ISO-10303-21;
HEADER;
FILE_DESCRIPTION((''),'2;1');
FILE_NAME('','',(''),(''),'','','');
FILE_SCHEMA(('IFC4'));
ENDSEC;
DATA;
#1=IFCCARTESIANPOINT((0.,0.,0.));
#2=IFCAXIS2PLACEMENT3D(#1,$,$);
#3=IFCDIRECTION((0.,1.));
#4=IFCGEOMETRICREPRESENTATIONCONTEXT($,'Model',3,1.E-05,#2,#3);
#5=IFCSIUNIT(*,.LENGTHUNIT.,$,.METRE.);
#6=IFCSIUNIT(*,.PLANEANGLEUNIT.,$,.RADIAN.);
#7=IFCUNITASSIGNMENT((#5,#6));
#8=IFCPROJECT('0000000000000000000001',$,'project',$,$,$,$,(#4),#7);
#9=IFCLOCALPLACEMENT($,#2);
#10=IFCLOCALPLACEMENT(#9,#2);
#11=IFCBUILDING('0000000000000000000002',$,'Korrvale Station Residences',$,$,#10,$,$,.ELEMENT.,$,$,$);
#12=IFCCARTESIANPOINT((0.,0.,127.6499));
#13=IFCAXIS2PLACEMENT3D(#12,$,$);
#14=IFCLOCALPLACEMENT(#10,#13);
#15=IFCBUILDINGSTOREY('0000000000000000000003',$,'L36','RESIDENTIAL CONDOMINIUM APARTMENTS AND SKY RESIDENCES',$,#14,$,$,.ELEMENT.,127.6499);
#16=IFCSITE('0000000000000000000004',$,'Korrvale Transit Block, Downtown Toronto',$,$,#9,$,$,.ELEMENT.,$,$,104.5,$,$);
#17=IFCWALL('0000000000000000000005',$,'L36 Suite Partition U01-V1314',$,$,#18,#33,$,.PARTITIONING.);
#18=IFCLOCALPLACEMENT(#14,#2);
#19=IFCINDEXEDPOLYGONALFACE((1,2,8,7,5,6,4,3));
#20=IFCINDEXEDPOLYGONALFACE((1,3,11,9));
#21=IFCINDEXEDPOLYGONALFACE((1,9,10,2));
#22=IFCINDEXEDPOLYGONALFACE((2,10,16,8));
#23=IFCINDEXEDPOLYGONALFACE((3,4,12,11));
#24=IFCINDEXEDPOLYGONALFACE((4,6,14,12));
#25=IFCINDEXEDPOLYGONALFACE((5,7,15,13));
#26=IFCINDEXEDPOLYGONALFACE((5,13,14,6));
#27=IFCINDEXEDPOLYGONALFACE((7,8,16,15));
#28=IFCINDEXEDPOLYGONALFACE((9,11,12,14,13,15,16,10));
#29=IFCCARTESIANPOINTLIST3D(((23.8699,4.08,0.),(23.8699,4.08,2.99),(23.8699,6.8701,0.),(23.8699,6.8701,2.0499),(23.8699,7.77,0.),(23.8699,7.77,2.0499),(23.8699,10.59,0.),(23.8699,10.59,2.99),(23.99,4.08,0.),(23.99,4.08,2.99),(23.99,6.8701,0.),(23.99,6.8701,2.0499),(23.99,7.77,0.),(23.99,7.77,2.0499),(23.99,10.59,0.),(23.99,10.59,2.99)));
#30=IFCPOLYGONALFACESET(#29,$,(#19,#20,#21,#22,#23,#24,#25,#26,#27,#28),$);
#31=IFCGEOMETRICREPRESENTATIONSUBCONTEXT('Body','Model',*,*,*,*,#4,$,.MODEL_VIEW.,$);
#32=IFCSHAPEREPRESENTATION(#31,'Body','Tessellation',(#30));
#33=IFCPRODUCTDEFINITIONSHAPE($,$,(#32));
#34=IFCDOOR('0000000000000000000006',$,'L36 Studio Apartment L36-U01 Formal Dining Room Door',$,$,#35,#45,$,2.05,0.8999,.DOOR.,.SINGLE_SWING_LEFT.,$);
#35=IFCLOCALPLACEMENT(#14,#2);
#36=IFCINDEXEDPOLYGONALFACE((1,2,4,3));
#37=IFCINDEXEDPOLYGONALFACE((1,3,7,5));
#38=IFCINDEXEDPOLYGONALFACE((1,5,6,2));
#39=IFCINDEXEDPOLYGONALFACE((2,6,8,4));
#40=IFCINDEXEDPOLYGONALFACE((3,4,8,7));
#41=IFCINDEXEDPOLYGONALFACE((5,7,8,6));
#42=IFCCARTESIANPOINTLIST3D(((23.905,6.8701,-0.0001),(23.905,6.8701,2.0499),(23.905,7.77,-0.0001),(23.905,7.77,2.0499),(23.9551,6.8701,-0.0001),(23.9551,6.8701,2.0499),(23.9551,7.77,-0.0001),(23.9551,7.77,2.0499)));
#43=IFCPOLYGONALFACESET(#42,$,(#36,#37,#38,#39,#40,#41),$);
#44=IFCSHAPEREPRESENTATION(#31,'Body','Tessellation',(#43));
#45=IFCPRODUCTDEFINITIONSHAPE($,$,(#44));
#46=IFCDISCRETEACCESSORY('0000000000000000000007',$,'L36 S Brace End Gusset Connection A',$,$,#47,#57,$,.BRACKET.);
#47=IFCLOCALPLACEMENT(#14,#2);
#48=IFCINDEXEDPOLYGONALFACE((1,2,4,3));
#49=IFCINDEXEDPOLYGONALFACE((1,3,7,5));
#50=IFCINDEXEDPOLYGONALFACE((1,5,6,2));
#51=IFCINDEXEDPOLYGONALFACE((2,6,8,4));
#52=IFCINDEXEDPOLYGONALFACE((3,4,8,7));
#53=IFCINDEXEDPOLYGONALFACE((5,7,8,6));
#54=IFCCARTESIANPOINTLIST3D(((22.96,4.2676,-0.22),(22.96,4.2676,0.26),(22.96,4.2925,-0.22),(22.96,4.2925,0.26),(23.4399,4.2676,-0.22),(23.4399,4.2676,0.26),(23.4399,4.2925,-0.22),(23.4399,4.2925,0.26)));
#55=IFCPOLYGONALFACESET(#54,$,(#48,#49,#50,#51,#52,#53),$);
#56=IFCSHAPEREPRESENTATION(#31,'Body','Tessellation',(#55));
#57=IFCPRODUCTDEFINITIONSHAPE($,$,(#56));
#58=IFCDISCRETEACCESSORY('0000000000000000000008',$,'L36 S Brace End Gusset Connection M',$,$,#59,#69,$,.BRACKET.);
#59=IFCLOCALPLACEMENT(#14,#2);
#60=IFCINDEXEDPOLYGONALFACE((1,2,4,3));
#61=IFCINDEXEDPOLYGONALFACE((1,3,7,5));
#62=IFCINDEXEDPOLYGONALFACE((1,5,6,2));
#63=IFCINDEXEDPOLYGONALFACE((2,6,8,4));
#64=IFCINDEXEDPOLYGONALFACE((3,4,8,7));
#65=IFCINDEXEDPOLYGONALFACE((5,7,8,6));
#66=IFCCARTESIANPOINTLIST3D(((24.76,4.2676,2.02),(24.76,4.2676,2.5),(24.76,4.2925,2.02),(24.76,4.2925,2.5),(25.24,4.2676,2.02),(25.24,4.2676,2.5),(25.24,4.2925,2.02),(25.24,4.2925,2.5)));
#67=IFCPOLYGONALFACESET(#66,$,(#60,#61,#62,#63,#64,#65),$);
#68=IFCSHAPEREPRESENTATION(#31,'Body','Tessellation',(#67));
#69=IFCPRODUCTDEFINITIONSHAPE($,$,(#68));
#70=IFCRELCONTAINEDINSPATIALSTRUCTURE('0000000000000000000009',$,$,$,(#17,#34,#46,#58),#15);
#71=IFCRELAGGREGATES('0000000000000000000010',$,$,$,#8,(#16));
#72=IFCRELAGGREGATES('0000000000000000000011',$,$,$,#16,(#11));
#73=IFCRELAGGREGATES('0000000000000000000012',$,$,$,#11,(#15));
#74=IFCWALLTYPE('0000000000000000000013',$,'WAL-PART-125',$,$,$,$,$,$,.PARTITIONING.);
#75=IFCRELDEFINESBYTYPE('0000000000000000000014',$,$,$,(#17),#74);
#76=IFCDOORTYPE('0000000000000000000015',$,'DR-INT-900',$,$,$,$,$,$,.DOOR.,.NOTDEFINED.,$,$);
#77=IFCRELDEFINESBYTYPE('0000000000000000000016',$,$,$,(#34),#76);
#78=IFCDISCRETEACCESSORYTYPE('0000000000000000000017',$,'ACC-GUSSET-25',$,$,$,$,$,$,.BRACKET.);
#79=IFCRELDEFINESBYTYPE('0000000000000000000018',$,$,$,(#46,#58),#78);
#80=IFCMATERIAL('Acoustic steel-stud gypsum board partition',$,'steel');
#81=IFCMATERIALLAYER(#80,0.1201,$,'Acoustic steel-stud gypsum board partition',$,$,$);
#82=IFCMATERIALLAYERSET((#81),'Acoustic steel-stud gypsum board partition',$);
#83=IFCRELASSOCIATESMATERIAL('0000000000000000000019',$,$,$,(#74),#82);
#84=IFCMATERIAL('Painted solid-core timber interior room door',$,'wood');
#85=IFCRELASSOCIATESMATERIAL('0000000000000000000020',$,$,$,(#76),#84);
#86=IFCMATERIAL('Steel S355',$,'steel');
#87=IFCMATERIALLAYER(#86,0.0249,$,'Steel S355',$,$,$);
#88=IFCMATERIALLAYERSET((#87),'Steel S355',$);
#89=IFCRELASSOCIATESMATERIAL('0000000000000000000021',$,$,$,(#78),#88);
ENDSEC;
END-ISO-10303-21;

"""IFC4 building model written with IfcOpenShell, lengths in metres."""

from ifc_helpers import new_model, si_unit, direction, frame, frame_2d, origin, origin_2d, place, context, subcontext, project, spatial, rectangle, extrude, material, layer, layer_set, type_object, element, fill, save


model = new_model("IFC4")

# Units and contexts
model_context = context("Model", 3, precision=1e-05, world=origin(), true_north=direction((0.0, 1.0)))
body_context = subcontext(model_context, "Body", "Model", "MODEL_VIEW")
ifc_project = project(units=[si_unit("LENGTHUNIT", "METRE"), si_unit("PLANEANGLEUNIT", "RADIAN")], contexts=[model_context])

# Site, building, storey
site_placement = place(None, origin())
site = spatial("IfcSite", under=ifc_project, at=site_placement, Name="Korrvale Transit Block, Downtown Toronto", CompositionType="ELEMENT", RefElevation=104.5)
building_placement = place(site_placement, origin())
building = spatial("IfcBuilding", under=site, at=building_placement, Name="Korrvale Station Residences", CompositionType="ELEMENT")
storey_placement = place(building_placement, frame((0.0, 0.0, 127.6499)))
storey = spatial("IfcBuildingStorey", under=building, at=storey_placement, Name="L36", Description="RESIDENTIAL CONDOMINIUM APARTMENTS AND SKY RESIDENCES", CompositionType="ELEMENT", Elevation=127.6499)

# Shared definitions
ifc_material_1 = material(Name="Steel S355", Category="steel")

# Wall, opening, door
ifc_material_2 = material(Name="Acoustic steel-stud gypsum board partition", Category="steel")
ifc_layer_1 = layer(ifc_material_2, 0.1201, Name="Acoustic steel-stud gypsum board partition")
ifc_layer_set_1 = layer_set([ifc_layer_1], Name="Acoustic steel-stud gypsum board partition")
wall_type = type_object("IfcWallType", Name="WAL-PART-125", PredefinedType="PARTITIONING", material=ifc_layer_set_1)
ifc_material_3 = material(Name="Painted solid-core timber interior room door", Category="wood")
door_type = type_object("IfcDoorType", Name="DR-INT-900", OperationType="NOTDEFINED", PredefinedType="DOOR", material=ifc_material_3)
wall_1_placement = place(storey_placement, frame((23.9299, 4.0801, 0.0), z_axis=(0.0, 0.0, 1.0), x_axis=(0.0, 1.0, 0.0)))
wall_1 = element("IfcWall", 1, at=wall_1_placement, inside=storey, type_object=wall_type, Name="L36 Suite Partition U01-V1314", PredefinedType="PARTITIONING", context=body_context, shape_type="SweptSolid", body=[
    extrude(rectangle(XDim=6.51, YDim=0.1201, at=frame_2d((3.2549, 0.0))), origin(), (0.0, 0.0, 1.0), 2.99),
])
opening_1_placement = place(wall_1_placement, frame((2.79, 0.0, 0.0)))
opening_1 = element("IfcOpeningElement", 2, at=opening_1_placement, cuts=wall_1, PredefinedType="OPENING", context=body_context, shape_type="SweptSolid", body=[
    extrude(rectangle(XDim=0.8999, YDim=2.05, at=frame_2d((0.45, 1.0249))), frame((0.0, 0.0701, 0.0), z_axis=(0.0, -1.0, 0.0), x_axis=(1.0, 0.0, 0.0)), (0.0, 0.0, 1.0), 0.1401),
])
door_1_placement = place(opening_1_placement, origin())
door_1 = element("IfcDoor", 3, at=door_1_placement, inside=storey, type_object=door_type, Name="L36 Studio Apartment L36-U01 Formal Dining Room Door", OperationType="SINGLE_SWING_LEFT", OverallHeight=2.05, OverallWidth=0.8999, PredefinedType="DOOR", context=body_context, shape_type="SweptSolid", body=[
    extrude(rectangle(XDim=0.8999, YDim=2.05, at=frame_2d((0.45, 1.0249))), frame((0.0, 0.0249, 0.0), z_axis=(0.0, -1.0, 0.0), x_axis=(1.0, 0.0, 0.0)), (0.0, 0.0, 1.0), 0.05),
])
fill(opening_1, door_1)

# Discrete accessories
ifc_layer_2 = layer(ifc_material_1, 0.0249, Name="Steel S355")
ifc_layer_set_2 = layer_set([ifc_layer_2], Name="Steel S355")
discrete_accessory_type = type_object("IfcDiscreteAccessoryType", Name="ACC-GUSSET-25", PredefinedType="BRACKET", material=ifc_layer_set_2)
for number, where, z_axis, x_axis, name in (
    (4, (23.2, 4.28, -0.22), (0.0, 0.0, 1.0), (1.0, 0.0, 0.0), "L36 S Brace End Gusset Connection A"),
    (5, (25.0, 4.28, 2.02), (0.0, 0.0, 1.0), (1.0, 0.0, 0.0), "L36 S Brace End Gusset Connection M"),
):
    element("IfcDiscreteAccessory", number, at=place(storey_placement, frame(where, z_axis=z_axis, x_axis=x_axis)), inside=storey, type_object=discrete_accessory_type, Name=name, PredefinedType="BRACKET", context=body_context, shape_type="SweptSolid", body=[
        extrude(rectangle(XDim=0.48, YDim=0.0249, at=origin_2d()), origin(), (0.0, 0.0, 1.0), 0.48),
    ])

save(model, "model.ifc")
